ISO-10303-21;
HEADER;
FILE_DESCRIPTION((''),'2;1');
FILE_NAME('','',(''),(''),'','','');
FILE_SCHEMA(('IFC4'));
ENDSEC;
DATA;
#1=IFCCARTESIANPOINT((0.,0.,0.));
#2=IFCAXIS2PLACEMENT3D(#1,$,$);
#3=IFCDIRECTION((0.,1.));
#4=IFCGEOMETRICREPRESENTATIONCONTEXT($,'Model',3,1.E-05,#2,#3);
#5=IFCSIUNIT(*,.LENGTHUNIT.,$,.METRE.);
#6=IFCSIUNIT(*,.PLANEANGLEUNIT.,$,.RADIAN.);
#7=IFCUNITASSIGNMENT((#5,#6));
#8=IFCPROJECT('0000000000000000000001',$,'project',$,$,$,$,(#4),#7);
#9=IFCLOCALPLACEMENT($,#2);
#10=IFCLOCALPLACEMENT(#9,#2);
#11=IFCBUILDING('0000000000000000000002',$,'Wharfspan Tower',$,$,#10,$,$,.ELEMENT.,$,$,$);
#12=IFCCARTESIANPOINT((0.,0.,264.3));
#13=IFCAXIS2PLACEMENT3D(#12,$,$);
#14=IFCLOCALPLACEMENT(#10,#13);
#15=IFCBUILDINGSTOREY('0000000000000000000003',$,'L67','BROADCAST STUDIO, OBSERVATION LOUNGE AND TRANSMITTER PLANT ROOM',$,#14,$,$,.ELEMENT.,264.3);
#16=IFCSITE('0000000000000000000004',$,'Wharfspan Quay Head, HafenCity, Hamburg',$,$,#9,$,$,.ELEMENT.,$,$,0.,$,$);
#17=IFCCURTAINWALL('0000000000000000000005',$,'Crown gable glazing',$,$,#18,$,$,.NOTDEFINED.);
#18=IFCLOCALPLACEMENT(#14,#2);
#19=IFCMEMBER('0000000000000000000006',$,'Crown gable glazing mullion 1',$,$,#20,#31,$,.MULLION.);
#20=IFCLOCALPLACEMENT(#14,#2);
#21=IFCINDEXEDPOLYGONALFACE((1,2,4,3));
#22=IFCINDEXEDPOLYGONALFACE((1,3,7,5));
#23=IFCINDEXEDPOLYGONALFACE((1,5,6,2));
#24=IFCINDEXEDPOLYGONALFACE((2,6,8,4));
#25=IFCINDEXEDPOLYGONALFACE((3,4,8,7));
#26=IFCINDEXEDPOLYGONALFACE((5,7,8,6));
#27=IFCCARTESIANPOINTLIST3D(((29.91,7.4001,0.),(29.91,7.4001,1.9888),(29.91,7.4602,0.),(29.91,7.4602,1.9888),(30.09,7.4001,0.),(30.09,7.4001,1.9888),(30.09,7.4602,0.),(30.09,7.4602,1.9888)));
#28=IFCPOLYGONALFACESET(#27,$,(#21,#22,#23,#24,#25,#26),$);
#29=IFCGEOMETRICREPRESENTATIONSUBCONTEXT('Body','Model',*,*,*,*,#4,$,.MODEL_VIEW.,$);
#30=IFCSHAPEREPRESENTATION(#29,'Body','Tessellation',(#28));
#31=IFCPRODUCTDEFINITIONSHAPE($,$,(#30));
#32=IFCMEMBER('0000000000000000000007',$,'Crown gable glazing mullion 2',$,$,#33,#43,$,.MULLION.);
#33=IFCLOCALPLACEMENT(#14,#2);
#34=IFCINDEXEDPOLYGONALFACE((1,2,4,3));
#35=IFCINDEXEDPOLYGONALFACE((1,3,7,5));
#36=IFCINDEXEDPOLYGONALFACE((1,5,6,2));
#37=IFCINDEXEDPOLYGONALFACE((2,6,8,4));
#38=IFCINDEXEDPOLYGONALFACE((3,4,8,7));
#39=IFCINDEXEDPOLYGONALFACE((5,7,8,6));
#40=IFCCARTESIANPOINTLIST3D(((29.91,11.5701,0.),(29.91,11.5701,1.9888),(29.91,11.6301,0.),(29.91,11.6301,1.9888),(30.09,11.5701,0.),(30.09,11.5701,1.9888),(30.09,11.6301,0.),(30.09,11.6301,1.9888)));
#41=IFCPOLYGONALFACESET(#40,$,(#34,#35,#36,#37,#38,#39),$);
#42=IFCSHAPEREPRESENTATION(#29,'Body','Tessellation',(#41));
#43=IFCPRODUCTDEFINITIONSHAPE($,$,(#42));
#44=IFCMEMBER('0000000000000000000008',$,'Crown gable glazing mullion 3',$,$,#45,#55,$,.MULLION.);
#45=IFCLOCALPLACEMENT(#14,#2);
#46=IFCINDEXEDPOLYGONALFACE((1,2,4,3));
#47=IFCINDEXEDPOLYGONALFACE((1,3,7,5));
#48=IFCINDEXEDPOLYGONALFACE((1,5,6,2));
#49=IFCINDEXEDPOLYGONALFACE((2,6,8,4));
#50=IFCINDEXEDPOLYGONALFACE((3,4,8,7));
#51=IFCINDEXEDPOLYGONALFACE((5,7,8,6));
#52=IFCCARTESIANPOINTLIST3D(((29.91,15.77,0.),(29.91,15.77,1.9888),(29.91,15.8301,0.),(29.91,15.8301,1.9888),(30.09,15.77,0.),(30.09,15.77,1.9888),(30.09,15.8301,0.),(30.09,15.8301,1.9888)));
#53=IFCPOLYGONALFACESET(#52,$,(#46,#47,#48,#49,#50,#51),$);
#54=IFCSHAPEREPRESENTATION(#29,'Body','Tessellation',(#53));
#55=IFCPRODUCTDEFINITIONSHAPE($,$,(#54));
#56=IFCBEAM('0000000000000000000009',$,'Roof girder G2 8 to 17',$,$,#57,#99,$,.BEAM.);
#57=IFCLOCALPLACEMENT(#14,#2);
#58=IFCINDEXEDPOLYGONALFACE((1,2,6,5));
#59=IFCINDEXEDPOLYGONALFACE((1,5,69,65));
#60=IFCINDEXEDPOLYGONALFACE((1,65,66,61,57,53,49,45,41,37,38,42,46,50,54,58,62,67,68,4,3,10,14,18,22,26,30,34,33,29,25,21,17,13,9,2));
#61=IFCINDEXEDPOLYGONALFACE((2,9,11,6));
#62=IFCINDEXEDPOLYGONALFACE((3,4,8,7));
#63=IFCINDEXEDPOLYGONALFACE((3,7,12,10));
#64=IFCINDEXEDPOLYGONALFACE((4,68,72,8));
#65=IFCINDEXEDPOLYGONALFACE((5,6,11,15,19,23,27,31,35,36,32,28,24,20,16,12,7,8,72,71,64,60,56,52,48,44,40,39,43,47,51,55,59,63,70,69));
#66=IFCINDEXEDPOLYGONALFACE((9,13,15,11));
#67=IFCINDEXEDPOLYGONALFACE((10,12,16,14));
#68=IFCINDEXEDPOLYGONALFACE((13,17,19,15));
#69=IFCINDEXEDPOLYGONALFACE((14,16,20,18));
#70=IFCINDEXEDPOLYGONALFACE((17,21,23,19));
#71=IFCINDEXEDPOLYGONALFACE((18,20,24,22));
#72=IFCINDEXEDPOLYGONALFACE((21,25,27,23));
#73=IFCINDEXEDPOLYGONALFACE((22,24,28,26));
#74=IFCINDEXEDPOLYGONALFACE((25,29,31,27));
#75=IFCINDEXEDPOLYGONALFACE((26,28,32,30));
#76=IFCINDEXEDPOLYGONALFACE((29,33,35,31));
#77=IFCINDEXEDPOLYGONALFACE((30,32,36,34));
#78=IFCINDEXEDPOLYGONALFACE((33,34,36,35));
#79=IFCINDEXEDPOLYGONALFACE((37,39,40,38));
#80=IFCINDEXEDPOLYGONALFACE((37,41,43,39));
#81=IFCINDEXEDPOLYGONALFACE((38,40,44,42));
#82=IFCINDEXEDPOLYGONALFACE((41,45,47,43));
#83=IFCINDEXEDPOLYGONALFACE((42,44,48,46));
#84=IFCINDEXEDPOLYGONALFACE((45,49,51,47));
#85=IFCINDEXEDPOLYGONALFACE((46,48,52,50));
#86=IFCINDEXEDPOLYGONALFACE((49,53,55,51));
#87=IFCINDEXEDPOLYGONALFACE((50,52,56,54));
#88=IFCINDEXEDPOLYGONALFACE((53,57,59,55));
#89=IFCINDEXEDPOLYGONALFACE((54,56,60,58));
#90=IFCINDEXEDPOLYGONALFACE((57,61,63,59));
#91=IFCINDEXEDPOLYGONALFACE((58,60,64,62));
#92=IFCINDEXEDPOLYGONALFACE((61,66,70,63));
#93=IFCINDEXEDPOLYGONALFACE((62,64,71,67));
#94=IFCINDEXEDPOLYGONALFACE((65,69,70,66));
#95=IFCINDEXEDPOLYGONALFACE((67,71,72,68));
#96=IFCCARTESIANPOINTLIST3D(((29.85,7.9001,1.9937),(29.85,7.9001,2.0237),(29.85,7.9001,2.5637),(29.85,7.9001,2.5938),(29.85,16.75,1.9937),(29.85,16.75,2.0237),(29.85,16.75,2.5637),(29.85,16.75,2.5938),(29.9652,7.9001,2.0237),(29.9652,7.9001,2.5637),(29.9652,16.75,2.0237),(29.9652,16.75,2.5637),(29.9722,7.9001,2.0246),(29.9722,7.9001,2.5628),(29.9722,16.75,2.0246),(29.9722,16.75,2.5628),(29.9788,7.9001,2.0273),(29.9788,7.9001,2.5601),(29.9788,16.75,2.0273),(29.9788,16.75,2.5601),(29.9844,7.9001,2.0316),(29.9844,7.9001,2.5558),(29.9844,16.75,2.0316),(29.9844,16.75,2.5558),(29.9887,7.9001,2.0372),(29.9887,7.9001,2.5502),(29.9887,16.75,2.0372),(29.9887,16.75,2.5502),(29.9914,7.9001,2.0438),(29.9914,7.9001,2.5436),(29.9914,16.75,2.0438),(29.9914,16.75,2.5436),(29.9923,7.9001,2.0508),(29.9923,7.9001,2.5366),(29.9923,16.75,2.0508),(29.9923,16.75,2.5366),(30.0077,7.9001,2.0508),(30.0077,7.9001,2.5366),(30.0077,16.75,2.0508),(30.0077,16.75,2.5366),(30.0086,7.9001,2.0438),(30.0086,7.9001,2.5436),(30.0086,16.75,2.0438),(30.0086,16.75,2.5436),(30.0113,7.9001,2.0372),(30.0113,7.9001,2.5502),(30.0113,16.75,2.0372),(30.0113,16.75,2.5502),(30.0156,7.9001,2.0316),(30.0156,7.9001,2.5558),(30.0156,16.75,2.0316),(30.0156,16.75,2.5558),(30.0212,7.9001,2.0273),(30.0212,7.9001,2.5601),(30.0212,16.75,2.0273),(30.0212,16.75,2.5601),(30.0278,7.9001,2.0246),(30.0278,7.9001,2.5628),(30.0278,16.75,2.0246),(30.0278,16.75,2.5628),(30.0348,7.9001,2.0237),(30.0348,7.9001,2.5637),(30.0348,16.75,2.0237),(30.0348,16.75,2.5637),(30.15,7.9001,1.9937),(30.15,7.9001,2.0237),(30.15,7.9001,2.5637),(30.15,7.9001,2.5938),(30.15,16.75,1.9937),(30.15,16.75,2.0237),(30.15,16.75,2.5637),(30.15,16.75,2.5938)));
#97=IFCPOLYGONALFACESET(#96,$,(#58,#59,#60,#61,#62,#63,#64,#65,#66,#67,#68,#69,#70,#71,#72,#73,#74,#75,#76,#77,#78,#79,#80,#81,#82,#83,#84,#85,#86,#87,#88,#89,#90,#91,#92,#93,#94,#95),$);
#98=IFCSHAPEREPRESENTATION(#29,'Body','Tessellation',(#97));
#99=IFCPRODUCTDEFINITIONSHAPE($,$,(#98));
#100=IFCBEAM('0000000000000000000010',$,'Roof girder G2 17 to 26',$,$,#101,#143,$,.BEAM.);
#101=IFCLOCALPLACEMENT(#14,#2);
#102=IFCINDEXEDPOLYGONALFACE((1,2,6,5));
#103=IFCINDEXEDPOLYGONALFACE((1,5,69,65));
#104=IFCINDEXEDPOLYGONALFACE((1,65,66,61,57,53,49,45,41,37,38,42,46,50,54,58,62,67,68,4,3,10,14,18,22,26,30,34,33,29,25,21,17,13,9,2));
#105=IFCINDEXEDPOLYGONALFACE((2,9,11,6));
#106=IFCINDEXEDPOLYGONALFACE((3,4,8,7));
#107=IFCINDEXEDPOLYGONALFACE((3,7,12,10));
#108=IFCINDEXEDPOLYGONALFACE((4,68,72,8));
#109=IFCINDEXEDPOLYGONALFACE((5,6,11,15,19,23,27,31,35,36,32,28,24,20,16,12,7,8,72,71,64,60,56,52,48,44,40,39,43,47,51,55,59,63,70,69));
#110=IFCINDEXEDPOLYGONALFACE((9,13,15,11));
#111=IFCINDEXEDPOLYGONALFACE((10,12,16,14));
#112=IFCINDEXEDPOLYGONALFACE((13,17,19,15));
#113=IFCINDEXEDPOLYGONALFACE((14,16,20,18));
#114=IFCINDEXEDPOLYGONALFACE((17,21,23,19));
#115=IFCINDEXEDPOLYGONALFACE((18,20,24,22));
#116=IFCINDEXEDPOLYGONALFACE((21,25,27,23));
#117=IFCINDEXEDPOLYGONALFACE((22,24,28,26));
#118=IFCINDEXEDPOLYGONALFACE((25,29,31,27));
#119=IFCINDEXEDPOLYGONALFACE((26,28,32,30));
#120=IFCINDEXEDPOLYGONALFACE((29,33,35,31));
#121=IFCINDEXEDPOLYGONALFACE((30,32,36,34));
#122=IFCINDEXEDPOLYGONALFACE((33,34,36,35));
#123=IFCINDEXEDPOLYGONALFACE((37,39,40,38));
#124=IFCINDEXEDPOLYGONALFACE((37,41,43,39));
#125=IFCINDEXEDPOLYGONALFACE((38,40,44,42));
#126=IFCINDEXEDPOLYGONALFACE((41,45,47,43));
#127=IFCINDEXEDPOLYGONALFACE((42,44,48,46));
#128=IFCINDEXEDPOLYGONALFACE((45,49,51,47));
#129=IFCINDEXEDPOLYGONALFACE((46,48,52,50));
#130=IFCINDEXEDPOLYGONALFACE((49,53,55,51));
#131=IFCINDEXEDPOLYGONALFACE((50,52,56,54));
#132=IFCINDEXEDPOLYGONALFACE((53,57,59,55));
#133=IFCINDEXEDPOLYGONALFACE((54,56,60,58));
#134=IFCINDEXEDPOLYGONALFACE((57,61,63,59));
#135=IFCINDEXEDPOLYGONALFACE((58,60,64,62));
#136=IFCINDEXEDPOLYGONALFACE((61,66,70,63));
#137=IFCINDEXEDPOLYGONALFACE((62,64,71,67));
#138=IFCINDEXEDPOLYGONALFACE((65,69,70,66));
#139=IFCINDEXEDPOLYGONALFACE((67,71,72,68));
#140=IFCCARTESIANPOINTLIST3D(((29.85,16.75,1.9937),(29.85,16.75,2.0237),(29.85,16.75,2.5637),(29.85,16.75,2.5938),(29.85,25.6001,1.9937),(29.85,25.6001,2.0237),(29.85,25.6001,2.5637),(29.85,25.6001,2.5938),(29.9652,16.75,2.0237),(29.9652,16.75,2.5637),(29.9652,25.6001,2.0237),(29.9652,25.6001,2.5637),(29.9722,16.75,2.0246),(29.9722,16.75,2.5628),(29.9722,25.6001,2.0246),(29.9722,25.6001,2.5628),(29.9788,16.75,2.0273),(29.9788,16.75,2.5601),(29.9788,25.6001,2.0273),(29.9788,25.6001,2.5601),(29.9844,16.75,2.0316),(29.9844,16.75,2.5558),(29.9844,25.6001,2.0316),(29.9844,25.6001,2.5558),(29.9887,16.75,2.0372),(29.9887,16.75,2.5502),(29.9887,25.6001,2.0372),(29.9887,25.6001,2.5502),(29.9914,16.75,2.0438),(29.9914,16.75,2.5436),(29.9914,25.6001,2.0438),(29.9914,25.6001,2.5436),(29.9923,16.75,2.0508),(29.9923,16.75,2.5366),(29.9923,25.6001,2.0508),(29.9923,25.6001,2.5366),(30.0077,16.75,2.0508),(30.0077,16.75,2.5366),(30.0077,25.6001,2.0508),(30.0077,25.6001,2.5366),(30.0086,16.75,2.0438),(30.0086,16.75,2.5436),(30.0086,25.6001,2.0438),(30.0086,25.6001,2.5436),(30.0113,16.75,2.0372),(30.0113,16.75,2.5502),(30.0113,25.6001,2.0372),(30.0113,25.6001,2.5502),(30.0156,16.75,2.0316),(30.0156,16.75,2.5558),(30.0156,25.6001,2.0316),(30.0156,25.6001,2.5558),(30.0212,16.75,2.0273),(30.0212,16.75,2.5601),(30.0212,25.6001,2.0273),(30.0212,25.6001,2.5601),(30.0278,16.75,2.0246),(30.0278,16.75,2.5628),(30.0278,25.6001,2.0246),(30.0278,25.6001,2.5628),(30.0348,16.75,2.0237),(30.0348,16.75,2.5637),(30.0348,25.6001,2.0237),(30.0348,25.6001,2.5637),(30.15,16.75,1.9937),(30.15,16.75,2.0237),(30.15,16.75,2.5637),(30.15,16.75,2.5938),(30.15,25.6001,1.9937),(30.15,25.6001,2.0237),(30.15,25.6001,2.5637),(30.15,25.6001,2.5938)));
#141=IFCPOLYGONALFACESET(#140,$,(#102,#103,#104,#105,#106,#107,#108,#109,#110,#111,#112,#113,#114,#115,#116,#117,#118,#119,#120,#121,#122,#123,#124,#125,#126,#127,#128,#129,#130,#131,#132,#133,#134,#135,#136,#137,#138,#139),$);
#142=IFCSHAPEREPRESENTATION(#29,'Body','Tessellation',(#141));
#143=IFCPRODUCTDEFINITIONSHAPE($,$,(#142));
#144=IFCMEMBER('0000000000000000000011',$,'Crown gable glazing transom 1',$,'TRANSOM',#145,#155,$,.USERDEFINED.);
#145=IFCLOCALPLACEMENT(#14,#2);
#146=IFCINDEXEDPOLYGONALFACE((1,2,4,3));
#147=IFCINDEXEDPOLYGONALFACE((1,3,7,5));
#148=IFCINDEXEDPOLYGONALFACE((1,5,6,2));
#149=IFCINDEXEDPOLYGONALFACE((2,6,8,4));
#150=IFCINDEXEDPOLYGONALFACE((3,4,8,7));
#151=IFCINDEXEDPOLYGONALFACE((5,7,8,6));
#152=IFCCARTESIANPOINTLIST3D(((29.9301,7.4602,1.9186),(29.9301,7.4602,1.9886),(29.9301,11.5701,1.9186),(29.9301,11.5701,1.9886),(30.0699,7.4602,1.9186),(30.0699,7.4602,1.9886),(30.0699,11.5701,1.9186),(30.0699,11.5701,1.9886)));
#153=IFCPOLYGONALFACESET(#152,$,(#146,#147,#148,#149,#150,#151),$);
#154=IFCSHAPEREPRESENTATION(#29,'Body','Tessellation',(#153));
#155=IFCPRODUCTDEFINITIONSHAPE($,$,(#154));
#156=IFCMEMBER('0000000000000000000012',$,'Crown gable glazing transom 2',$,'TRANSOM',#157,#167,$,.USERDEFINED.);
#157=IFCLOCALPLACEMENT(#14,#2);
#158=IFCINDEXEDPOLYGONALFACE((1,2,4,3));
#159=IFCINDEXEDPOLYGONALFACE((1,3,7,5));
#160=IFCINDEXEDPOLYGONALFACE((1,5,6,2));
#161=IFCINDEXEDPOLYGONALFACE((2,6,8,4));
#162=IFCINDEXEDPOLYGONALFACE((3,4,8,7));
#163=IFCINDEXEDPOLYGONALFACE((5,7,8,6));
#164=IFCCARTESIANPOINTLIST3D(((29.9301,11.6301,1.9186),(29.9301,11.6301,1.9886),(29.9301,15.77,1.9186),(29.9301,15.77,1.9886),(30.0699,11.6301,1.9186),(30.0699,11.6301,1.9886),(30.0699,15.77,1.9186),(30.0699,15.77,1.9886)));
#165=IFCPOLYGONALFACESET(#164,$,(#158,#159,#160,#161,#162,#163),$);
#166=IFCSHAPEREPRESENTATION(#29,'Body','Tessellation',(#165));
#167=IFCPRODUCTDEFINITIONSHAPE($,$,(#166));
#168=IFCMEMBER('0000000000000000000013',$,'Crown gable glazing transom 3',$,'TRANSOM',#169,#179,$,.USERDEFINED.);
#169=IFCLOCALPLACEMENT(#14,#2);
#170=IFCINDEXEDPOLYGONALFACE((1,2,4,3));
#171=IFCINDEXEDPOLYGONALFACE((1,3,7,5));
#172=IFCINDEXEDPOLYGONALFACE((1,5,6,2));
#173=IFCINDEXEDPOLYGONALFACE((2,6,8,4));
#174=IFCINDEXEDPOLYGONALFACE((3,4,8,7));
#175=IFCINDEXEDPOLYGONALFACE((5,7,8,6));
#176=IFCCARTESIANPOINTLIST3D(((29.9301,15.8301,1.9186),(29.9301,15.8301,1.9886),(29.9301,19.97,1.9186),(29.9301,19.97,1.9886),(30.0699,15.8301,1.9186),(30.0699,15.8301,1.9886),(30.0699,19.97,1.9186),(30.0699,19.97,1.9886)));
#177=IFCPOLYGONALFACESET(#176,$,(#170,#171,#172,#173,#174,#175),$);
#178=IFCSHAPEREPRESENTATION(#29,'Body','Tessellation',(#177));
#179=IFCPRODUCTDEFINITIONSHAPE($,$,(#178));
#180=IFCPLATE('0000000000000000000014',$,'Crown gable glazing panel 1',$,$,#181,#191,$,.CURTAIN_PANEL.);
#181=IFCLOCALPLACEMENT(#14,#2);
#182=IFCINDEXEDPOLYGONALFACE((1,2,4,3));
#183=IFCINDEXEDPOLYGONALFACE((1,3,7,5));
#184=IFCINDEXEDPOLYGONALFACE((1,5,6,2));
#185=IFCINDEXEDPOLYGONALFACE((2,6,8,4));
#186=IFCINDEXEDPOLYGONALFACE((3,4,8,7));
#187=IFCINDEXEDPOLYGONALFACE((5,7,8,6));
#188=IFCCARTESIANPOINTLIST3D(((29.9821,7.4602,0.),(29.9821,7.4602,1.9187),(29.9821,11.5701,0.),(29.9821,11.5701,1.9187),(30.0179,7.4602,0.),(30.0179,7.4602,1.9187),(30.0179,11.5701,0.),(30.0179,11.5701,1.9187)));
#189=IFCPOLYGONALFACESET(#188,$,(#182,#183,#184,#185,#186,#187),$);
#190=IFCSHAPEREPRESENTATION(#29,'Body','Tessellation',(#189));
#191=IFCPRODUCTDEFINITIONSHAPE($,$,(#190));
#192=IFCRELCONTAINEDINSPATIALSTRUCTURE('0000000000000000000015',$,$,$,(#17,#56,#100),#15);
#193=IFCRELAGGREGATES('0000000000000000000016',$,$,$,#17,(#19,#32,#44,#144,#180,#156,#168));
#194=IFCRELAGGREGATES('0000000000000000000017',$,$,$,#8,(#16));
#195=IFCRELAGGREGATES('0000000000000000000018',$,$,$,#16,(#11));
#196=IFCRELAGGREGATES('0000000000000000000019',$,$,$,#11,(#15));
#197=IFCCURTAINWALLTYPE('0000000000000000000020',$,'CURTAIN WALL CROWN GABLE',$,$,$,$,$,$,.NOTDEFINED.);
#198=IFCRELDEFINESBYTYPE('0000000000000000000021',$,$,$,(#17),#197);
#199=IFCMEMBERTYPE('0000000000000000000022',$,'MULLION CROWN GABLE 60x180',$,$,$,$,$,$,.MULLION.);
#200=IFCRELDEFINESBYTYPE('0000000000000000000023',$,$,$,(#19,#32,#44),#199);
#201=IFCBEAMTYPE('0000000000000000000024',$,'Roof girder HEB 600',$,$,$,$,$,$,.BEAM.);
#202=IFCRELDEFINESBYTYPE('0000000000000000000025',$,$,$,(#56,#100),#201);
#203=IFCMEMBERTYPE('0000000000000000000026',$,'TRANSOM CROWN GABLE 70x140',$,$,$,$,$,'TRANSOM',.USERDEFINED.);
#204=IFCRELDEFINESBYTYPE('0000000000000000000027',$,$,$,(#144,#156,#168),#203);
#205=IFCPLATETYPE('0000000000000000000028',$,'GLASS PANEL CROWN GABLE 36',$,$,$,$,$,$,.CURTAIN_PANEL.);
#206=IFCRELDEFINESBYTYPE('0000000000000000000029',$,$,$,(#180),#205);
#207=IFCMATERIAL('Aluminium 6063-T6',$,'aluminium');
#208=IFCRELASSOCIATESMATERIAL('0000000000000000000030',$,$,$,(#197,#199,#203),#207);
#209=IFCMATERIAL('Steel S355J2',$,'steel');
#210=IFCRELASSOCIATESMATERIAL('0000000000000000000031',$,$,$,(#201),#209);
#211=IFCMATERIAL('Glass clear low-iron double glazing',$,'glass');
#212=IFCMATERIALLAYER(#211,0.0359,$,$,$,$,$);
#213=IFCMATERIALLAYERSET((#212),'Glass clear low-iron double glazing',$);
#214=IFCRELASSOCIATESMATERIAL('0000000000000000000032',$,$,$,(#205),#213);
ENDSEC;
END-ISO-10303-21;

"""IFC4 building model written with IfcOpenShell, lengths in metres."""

from ifc_helpers import new_model, si_unit, direction, frame, origin, origin_2d, place, context, subcontext, project, spatial, rectangle, i_section, extrude, material, layer, layer_set, material_profile, profile_set, type_object, element, aggregate, save


model = new_model("IFC4")

# Units and contexts
model_context = context("Model", 3, precision=1e-05, world=origin(), true_north=direction((0.0, 1.0)))
body_context = subcontext(model_context, "Body", "Model", "MODEL_VIEW")
ifc_project = project(units=[si_unit("LENGTHUNIT", "METRE"), si_unit("PLANEANGLEUNIT", "RADIAN")], contexts=[model_context])

# Site, building, storey
site_placement = place(None, origin())
site = spatial("IfcSite", under=ifc_project, at=site_placement, Name="Wharfspan Quay Head, HafenCity, Hamburg", CompositionType="ELEMENT", RefElevation=0.0)
building_placement = place(site_placement, origin())
building = spatial("IfcBuilding", under=site, at=building_placement, Name="Wharfspan Tower", CompositionType="ELEMENT")
storey_placement = place(building_placement, frame((0.0, 0.0, 264.3)))
storey = spatial("IfcBuildingStorey", under=building, at=storey_placement, Name="L67", Description="BROADCAST STUDIO, OBSERVATION LOUNGE AND TRANSMITTER PLANT ROOM", CompositionType="ELEMENT", Elevation=264.3)

# Curtain wall, members
ifc_material_1 = material(Name="Aluminium 6063-T6", Category="aluminium")
curtain_wall_type = type_object("IfcCurtainWallType", Name="CURTAIN WALL CROWN GABLE", PredefinedType="NOTDEFINED", material=ifc_material_1)
curtain_wall_placement = place(storey_placement, origin())
curtain_wall = element("IfcCurtainWall", 1, at=curtain_wall_placement, inside=storey, type_object=curtain_wall_type, Name="Crown gable glazing", PredefinedType="NOTDEFINED")
ifc_material_profile_1 = material_profile(ifc_material_1, rectangle(XDim=0.1799, YDim=0.0601, at=origin_2d()))
ifc_profile_set_1 = profile_set([ifc_material_profile_1], Name="Aluminium 6063-T6")
member_type_1 = type_object("IfcMemberType", Name="MULLION CROWN GABLE 60x180", PredefinedType="MULLION", material=ifc_profile_set_1)
member_1_placement = place(storey_placement, frame((30.0, 7.4302, 0.0), z_axis=(0.0, 0.0, 1.0), x_axis=(-1.0, 0.0, 0.0)))
member_1 = element("IfcMember", 2, at=member_1_placement, type_object=member_type_1, Name="Crown gable glazing mullion 1", PredefinedType="MULLION", context=body_context, shape_type="SweptSolid", body=[
    extrude(rectangle(XDim=0.1799, YDim=0.0601, at=origin_2d()), origin(), (0.0, 0.0, 1.0), 1.9888),
])
member_2_placement = place(storey_placement, frame((30.0, 11.6001, 0.0), z_axis=(0.0, 0.0, 1.0), x_axis=(-1.0, 0.0, 0.0)))
member_2 = element("IfcMember", 3, at=member_2_placement, type_object=member_type_1, Name="Crown gable glazing mullion 2", PredefinedType="MULLION", context=body_context, shape_type="SweptSolid", body=[
    extrude(rectangle(XDim=0.1799, YDim=0.0601, at=origin_2d()), origin(), (0.0, 0.0, 1.0), 1.9888),
])
member_3_placement = place(storey_placement, frame((30.0, 15.8, 0.0), z_axis=(0.0, 0.0, 1.0), x_axis=(-1.0, 0.0, 0.0)))
member_3 = element("IfcMember", 4, at=member_3_placement, type_object=member_type_1, Name="Crown gable glazing mullion 3", PredefinedType="MULLION", context=body_context, shape_type="SweptSolid", body=[
    extrude(rectangle(XDim=0.1799, YDim=0.0601, at=origin_2d()), origin(), (0.0, 0.0, 1.0), 1.9888),
])

# Beams
ifc_material_2 = material(Name="Steel S355J2", Category="steel")
ifc_material_profile_2 = material_profile(ifc_material_2, i_section(OverallWidth=0.3, OverallDepth=0.6001, WebThickness=0.0154, FlangeThickness=0.03, FilletRadius=0.0271, at=origin_2d()))
ifc_profile_set_2 = profile_set([ifc_material_profile_2], Name="Steel S355J2")
beam_type = type_object("IfcBeamType", Name="Roof girder HEB 600", PredefinedType="BEAM", material=ifc_profile_set_2)
beam_1_placement = place(storey_placement, frame((30.0, 7.9001, 2.2937), z_axis=(0.0, 1.0, 0.0), x_axis=(-1.0, 0.0, 0.0)))
element("IfcBeam", 5, at=beam_1_placement, inside=storey, type_object=beam_type, Name="Roof girder G2 8 to 17", PredefinedType="BEAM", context=body_context, shape_type="SweptSolid", body=[
    extrude(i_section(OverallWidth=0.3, OverallDepth=0.6001, WebThickness=0.0154, FlangeThickness=0.03, FilletRadius=0.0271, at=origin_2d()), origin(), (0.0, 0.0, 1.0), 8.8499),
])
beam_2_placement = place(storey_placement, frame((30.0, 16.75, 2.2937), z_axis=(0.0, 1.0, 0.0), x_axis=(-1.0, 0.0, 0.0)))
element("IfcBeam", 6, at=beam_2_placement, inside=storey, type_object=beam_type, Name="Roof girder G2 17 to 26", PredefinedType="BEAM", context=body_context, shape_type="SweptSolid", body=[
    extrude(i_section(OverallWidth=0.3, OverallDepth=0.6001, WebThickness=0.0154, FlangeThickness=0.03, FilletRadius=0.0271, at=origin_2d()), origin(), (0.0, 0.0, 1.0), 8.8501),
])

# Members
ifc_material_profile_3 = material_profile(ifc_material_1, rectangle(XDim=0.1399, YDim=0.0701, at=origin_2d()))
ifc_profile_set_3 = profile_set([ifc_material_profile_3], Name="Aluminium 6063-T6")
member_type_2 = type_object("IfcMemberType", Name="TRANSOM CROWN GABLE 70x140", ElementType="TRANSOM", PredefinedType="USERDEFINED", material=ifc_profile_set_3)
member_4_placement = place(storey_placement, frame((30.0, 7.4602, 1.9536), z_axis=(0.0, 1.0, 0.0), x_axis=(-1.0, 0.0, 0.0)))
member_4 = element("IfcMember", 7, at=member_4_placement, type_object=member_type_2, Name="Crown gable glazing transom 1", ObjectType="TRANSOM", PredefinedType="USERDEFINED", context=body_context, shape_type="SweptSolid", body=[
    extrude(rectangle(XDim=0.1399, YDim=0.0701, at=origin_2d()), origin(), (0.0, 0.0, 1.0), 4.1099),
])
member_5_placement = place(storey_placement, frame((30.0, 11.6301, 1.9536), z_axis=(0.0, 1.0, 0.0), x_axis=(-1.0, 0.0, 0.0)))
member_5 = element("IfcMember", 8, at=member_5_placement, type_object=member_type_2, Name="Crown gable glazing transom 2", ObjectType="TRANSOM", PredefinedType="USERDEFINED", context=body_context, shape_type="SweptSolid", body=[
    extrude(rectangle(XDim=0.1399, YDim=0.0701, at=origin_2d()), origin(), (0.0, 0.0, 1.0), 4.1399),
])
member_6_placement = place(storey_placement, frame((30.0, 15.8301, 1.9536), z_axis=(0.0, 1.0, 0.0), x_axis=(-1.0, 0.0, 0.0)))
member_6 = element("IfcMember", 9, at=member_6_placement, type_object=member_type_2, Name="Crown gable glazing transom 3", ObjectType="TRANSOM", PredefinedType="USERDEFINED", context=body_context, shape_type="SweptSolid", body=[
    extrude(rectangle(XDim=0.1399, YDim=0.0701, at=origin_2d()), origin(), (0.0, 0.0, 1.0), 4.1399),
])

# Plate
ifc_material_3 = material(Name="Glass clear low-iron double glazing", Category="glass")
ifc_layer_1 = layer(ifc_material_3, 0.0359)
ifc_layer_set_1 = layer_set([ifc_layer_1], Name="Glass clear low-iron double glazing")
plate_type = type_object("IfcPlateType", Name="GLASS PANEL CROWN GABLE 36", PredefinedType="CURTAIN_PANEL", material=ifc_layer_set_1)
plate_1_placement = place(storey_placement, frame((30.0, 9.5151, 0.0), z_axis=(0.0, 0.0, 1.0), x_axis=(0.0, 1.0, 0.0)))
plate_1 = element("IfcPlate", 10, at=plate_1_placement, type_object=plate_type, Name="Crown gable glazing panel 1", PredefinedType="CURTAIN_PANEL", context=body_context, shape_type="SweptSolid", body=[
    extrude(rectangle(XDim=4.1099, YDim=0.0359, at=origin_2d()), origin(), (0.0, 0.0, 1.0), 1.9187),
])
aggregate(curtain_wall, [member_1, member_2, member_3, member_4, plate_1, member_5, member_6])

save(model, "model.ifc")
